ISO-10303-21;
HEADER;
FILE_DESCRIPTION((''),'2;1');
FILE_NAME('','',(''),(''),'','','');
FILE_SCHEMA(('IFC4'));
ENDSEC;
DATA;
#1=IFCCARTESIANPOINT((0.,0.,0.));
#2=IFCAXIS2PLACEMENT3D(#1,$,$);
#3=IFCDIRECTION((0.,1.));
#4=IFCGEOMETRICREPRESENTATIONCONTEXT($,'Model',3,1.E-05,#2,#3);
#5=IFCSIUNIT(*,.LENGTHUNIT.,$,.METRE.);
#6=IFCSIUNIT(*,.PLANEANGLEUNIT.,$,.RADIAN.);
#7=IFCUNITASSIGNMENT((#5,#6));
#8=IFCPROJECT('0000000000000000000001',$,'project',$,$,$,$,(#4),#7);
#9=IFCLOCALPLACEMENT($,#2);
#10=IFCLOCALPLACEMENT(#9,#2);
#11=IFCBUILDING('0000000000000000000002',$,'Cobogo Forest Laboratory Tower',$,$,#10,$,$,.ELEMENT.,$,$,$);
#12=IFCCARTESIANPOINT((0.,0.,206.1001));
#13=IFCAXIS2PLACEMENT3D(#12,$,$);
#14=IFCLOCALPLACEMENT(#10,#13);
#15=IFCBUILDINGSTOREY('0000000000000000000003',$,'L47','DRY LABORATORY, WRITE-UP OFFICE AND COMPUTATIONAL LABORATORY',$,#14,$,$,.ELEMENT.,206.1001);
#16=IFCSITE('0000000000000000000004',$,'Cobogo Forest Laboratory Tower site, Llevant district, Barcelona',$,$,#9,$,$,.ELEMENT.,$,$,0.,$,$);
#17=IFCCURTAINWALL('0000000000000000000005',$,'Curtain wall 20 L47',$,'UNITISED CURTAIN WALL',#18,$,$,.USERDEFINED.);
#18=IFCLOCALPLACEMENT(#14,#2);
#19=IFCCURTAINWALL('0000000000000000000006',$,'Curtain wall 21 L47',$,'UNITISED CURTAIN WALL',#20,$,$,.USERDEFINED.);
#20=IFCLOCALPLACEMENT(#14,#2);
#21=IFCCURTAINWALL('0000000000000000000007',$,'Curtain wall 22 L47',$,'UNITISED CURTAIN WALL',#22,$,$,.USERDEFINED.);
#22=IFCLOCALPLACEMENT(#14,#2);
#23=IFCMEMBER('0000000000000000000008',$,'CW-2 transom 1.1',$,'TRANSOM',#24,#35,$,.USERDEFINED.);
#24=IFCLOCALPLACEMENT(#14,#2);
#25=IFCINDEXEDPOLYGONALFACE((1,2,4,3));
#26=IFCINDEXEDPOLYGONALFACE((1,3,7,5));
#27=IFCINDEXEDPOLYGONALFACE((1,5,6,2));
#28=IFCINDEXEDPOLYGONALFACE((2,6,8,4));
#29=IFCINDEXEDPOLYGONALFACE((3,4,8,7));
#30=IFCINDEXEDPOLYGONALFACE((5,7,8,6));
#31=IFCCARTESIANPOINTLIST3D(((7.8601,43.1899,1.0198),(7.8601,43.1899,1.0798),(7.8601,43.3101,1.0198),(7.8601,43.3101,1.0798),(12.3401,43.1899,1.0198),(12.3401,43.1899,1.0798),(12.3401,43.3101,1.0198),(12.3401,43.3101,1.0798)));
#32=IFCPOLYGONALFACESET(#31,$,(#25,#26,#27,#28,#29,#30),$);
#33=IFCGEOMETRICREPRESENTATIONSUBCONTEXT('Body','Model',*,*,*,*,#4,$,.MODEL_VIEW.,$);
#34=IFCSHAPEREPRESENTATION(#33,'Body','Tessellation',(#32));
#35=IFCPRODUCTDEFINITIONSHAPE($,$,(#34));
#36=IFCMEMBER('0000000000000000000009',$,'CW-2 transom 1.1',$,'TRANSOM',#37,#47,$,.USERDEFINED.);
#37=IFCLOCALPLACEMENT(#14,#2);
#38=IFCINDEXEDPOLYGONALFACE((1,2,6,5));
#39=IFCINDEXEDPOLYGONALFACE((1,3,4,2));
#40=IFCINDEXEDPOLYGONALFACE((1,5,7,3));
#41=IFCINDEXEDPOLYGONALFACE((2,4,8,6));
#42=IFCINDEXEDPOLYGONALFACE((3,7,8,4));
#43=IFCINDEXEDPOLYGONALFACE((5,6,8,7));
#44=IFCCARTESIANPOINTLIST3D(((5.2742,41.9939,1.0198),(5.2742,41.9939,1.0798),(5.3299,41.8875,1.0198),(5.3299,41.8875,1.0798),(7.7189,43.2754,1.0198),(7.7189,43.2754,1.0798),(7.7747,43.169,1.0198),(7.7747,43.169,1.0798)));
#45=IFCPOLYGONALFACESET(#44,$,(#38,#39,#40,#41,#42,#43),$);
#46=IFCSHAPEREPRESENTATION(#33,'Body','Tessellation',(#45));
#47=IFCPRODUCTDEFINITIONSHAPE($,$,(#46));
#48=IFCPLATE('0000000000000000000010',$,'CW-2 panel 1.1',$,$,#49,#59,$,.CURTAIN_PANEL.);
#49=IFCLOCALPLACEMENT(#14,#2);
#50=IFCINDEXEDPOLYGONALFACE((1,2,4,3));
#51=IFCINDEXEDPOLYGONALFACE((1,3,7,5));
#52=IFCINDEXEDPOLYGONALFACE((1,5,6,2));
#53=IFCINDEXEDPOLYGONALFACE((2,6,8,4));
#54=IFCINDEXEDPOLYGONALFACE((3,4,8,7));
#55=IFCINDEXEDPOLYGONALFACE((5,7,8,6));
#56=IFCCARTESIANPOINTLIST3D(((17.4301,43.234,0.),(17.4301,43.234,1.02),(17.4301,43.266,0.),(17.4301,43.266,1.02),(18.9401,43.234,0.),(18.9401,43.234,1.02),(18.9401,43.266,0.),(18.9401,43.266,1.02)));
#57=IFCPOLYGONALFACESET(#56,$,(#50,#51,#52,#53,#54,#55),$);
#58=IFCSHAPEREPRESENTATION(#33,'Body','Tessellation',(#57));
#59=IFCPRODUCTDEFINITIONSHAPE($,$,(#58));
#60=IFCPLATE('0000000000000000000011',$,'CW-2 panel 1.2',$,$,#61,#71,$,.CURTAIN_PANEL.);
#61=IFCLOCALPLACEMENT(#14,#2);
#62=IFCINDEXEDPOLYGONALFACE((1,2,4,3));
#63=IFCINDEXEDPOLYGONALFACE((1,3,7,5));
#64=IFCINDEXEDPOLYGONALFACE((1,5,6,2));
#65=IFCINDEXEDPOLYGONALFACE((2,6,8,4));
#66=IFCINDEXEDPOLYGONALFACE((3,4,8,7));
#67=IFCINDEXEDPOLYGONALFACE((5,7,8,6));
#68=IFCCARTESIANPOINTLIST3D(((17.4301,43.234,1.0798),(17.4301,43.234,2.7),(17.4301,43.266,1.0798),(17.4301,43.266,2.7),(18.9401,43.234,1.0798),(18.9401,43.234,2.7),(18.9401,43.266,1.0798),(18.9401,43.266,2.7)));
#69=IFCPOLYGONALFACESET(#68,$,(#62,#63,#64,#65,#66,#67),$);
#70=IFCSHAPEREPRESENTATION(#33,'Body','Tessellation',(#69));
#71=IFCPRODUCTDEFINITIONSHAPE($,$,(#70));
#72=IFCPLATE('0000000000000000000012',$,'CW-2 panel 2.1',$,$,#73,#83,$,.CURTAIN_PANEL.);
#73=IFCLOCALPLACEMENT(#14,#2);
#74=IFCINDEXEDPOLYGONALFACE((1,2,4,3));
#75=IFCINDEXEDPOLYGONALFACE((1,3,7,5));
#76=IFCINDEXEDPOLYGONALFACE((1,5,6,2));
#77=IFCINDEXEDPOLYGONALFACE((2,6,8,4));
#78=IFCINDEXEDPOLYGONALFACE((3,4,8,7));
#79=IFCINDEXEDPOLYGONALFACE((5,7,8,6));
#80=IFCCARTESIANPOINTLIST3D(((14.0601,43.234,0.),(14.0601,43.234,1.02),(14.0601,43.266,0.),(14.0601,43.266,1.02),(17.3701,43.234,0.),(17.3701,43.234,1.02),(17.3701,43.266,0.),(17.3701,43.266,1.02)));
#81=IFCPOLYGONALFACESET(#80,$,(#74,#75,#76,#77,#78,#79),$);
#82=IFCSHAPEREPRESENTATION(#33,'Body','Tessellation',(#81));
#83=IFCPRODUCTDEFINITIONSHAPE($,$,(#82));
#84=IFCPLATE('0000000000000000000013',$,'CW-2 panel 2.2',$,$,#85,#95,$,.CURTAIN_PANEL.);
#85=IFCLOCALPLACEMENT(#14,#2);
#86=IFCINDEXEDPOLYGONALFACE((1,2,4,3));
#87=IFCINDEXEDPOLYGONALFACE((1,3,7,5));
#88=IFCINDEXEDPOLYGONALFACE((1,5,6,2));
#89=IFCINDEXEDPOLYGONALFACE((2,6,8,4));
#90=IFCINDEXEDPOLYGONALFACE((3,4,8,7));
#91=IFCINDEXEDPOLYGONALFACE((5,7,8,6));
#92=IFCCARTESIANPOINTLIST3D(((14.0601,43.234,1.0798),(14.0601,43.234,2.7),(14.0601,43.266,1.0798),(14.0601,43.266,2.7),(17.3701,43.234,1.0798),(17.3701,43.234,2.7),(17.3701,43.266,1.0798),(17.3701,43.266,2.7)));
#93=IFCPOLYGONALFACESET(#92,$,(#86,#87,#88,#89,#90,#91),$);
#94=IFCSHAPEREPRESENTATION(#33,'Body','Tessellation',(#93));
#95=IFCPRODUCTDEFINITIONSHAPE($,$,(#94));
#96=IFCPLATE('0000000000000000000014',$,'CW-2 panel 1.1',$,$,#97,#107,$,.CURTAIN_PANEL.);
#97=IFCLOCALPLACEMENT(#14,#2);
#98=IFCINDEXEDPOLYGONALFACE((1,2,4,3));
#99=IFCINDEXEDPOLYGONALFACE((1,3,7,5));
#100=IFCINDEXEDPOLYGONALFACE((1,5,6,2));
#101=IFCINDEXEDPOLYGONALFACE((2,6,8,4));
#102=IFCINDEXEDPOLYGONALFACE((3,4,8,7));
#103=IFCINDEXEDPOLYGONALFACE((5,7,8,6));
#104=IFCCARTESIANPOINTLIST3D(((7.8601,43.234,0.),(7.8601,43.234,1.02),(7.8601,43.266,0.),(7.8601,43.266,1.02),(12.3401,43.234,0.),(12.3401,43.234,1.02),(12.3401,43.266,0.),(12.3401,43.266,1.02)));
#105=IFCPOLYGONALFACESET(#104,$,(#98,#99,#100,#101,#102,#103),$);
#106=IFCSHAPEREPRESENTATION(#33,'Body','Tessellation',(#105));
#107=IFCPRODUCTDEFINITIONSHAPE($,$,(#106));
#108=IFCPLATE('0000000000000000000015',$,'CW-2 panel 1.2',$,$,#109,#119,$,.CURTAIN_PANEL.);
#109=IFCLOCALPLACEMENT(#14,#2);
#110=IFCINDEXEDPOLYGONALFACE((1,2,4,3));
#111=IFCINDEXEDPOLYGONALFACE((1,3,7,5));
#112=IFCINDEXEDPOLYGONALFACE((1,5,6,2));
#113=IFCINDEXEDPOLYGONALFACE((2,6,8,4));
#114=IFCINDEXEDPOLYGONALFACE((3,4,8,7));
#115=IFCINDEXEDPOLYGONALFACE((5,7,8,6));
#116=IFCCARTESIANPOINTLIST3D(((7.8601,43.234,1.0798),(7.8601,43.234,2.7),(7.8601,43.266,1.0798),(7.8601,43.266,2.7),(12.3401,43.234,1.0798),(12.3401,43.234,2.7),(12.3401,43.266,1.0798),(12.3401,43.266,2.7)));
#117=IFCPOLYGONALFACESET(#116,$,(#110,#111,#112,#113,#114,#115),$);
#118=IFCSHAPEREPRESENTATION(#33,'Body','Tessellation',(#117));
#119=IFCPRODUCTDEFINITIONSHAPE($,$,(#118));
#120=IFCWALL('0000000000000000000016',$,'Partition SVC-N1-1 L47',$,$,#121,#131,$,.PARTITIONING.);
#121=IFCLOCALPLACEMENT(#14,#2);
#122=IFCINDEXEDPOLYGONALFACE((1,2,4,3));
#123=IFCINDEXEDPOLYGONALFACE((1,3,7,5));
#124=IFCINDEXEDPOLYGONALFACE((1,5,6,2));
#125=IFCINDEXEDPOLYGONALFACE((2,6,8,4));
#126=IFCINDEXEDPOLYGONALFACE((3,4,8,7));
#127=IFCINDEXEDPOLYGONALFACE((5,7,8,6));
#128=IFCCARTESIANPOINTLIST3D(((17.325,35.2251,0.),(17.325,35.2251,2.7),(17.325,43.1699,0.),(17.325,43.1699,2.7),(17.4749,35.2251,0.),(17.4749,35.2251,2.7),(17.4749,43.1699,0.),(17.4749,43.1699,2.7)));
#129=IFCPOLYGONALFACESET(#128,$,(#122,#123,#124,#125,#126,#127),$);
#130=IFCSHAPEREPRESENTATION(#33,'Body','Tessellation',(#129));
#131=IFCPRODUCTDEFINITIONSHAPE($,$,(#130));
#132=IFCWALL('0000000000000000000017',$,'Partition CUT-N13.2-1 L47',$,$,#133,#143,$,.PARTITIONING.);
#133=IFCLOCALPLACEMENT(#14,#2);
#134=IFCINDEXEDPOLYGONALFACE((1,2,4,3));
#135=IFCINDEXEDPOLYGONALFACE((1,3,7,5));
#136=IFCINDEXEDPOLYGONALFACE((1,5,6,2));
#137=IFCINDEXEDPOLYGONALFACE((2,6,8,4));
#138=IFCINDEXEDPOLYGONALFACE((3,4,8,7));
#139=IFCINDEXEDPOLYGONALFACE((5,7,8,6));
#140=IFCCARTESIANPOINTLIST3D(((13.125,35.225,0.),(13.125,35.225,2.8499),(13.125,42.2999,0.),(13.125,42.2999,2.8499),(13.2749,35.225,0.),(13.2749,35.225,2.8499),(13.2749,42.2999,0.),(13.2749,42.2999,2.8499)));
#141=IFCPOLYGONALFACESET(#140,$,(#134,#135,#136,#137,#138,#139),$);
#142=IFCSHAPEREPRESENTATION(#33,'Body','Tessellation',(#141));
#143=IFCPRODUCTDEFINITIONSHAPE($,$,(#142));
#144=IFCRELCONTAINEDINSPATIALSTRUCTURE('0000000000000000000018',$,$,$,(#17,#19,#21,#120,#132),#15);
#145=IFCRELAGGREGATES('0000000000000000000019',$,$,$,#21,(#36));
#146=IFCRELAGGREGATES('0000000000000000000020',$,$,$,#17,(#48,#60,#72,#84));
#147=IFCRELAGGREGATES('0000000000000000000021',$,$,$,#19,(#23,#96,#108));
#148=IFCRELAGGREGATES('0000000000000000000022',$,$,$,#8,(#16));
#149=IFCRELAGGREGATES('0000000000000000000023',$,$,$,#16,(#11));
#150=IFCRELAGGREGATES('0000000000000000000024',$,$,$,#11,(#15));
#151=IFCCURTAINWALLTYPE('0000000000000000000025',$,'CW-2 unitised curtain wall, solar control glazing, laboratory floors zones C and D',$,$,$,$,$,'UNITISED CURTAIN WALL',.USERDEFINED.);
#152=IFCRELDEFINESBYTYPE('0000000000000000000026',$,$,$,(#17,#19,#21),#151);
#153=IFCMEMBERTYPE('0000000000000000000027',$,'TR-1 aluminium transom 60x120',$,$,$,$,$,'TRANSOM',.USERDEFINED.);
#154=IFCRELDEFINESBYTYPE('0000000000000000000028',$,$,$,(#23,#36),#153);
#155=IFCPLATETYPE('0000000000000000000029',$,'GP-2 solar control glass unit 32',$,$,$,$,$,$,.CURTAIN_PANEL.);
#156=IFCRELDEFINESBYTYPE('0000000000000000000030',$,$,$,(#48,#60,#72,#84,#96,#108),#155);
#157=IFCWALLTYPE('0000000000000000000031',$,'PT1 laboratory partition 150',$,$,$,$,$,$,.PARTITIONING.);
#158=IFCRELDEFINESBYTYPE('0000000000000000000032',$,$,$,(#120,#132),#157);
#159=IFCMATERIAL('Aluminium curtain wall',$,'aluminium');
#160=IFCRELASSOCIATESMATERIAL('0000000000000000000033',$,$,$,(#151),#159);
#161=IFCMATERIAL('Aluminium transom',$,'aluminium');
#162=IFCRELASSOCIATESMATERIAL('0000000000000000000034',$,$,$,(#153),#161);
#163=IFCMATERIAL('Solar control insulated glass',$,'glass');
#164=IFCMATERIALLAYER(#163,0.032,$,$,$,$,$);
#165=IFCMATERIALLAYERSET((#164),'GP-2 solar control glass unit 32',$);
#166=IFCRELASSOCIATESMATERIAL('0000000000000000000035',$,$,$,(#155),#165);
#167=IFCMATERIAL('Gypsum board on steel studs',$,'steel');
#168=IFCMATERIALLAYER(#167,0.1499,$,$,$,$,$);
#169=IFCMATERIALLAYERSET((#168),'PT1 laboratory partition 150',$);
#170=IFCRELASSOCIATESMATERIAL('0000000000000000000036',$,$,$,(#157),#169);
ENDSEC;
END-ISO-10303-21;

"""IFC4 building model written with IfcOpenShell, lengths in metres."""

from ifc_helpers import new_model, si_unit, direction, frame, frame_2d, origin, origin_2d, place, context, subcontext, project, spatial, rectangle, extrude, material, layer, layer_set, material_profile, profile_set, type_object, element, aggregate, save


model = new_model("IFC4")

# Units and contexts
model_context = context("Model", 3, precision=1e-05, world=origin(), true_north=direction((0.0, 1.0)))
body_context = subcontext(model_context, "Body", "Model", "MODEL_VIEW")
ifc_project = project(units=[si_unit("LENGTHUNIT", "METRE"), si_unit("PLANEANGLEUNIT", "RADIAN")], contexts=[model_context])

# Site, building, storey
site_placement = place(None, origin())
site = spatial("IfcSite", under=ifc_project, at=site_placement, Name="Cobogo Forest Laboratory Tower site, Llevant district, Barcelona", CompositionType="ELEMENT", RefElevation=0.0)
building_placement = place(site_placement, origin())
building = spatial("IfcBuilding", under=site, at=building_placement, Name="Cobogo Forest Laboratory Tower", CompositionType="ELEMENT")
storey_placement = place(building_placement, frame((0.0, 0.0, 206.1001)))
storey = spatial("IfcBuildingStorey", under=building, at=storey_placement, Name="L47", Description="DRY LABORATORY, WRITE-UP OFFICE AND COMPUTATIONAL LABORATORY", CompositionType="ELEMENT", Elevation=206.1001)

# Curtain walls
ifc_material_1 = material(Name="Aluminium curtain wall", Category="aluminium")
curtain_wall_type = type_object("IfcCurtainWallType", Name="CW-2 unitised curtain wall, solar control glazing, laboratory floors zones C and D", ElementType="UNITISED CURTAIN WALL", PredefinedType="USERDEFINED", material=ifc_material_1)
curtain_wall_1_placement = place(storey_placement, origin())
curtain_wall_1 = element("IfcCurtainWall", 1, at=curtain_wall_1_placement, inside=storey, type_object=curtain_wall_type, Name="Curtain wall 20 L47", ObjectType="UNITISED CURTAIN WALL", PredefinedType="USERDEFINED")
curtain_wall_2_placement = place(storey_placement, origin())
curtain_wall_2 = element("IfcCurtainWall", 2, at=curtain_wall_2_placement, inside=storey, type_object=curtain_wall_type, Name="Curtain wall 21 L47", ObjectType="UNITISED CURTAIN WALL", PredefinedType="USERDEFINED")

# Curtain wall
curtain_wall_3_placement = place(storey_placement, origin())
curtain_wall_3 = element("IfcCurtainWall", 3, at=curtain_wall_3_placement, inside=storey, type_object=curtain_wall_type, Name="Curtain wall 22 L47", ObjectType="UNITISED CURTAIN WALL", PredefinedType="USERDEFINED")

# Members
ifc_material_2 = material(Name="Aluminium transom", Category="aluminium")
ifc_material_profile_1 = material_profile(ifc_material_2, rectangle(XDim=0.1201, YDim=0.0601, at=origin_2d()), Name="AL 60x120")
ifc_profile_set_1 = profile_set([ifc_material_profile_1], Name="Aluminium transom")
member_type_1 = type_object("IfcMemberType", Name="TR-1 aluminium transom 60x120", ElementType="TRANSOM", PredefinedType="USERDEFINED", material=ifc_profile_set_1)
member_1_placement = place(storey_placement, frame((12.3401, 43.25, 1.0498), z_axis=(-1.0, 0.0, 0.0), x_axis=(0.0, -1.0, 0.0)))
member_1 = element("IfcMember", 4, at=member_1_placement, type_object=member_type_1, Name="CW-2 transom 1.1", ObjectType="TRANSOM", PredefinedType="USERDEFINED", context=body_context, shape_type="SweptSolid", body=[
    extrude(rectangle(XDim=0.1201, YDim=0.0601, at=origin_2d()), origin(), (0.0, 0.0, 1.0), 4.48),
])
member_2_placement = place(storey_placement, frame((7.7468, 43.2222, 1.0498), z_axis=(-0.885702, -0.464255, 0.0), x_axis=(0.464255, -0.885702, 0.0)))
member_2 = element("IfcMember", 5, at=member_2_placement, type_object=member_type_1, Name="CW-2 transom 1.1", ObjectType="TRANSOM", PredefinedType="USERDEFINED", context=body_context, shape_type="SweptSolid", body=[
    extrude(rectangle(XDim=0.1201, YDim=0.0601, at=origin_2d()), origin(), (0.0, 0.0, 1.0), 2.7603),
])
aggregate(curtain_wall_3, [member_2])

# Plates
ifc_material_3 = material(Name="Solar control insulated glass", Category="glass")
ifc_layer_1 = layer(ifc_material_3, 0.032)
ifc_layer_set_1 = layer_set([ifc_layer_1], Name="GP-2 solar control glass unit 32")
plate_type_1 = type_object("IfcPlateType", Name="GP-2 solar control glass unit 32", PredefinedType="CURTAIN_PANEL", material=ifc_layer_set_1)
plate_1_placement = place(storey_placement, frame((18.1851, 43.25, 0.0), z_axis=(0.0, 0.0, 1.0), x_axis=(-1.0, 0.0, 0.0)))
plate_1 = element("IfcPlate", 6, at=plate_1_placement, type_object=plate_type_1, Name="CW-2 panel 1.1", PredefinedType="CURTAIN_PANEL", context=body_context, shape_type="SweptSolid", body=[
    extrude(rectangle(XDim=1.51, YDim=0.032, at=origin_2d()), origin(), (0.0, 0.0, 1.0), 1.02),
])
plate_2_placement = place(storey_placement, frame((18.1851, 43.25, 1.0798), z_axis=(0.0, 0.0, 1.0), x_axis=(-1.0, 0.0, 0.0)))
plate_2 = element("IfcPlate", 7, at=plate_2_placement, type_object=plate_type_1, Name="CW-2 panel 1.2", PredefinedType="CURTAIN_PANEL", context=body_context, shape_type="SweptSolid", body=[
    extrude(rectangle(XDim=1.51, YDim=0.032, at=origin_2d()), origin(), (0.0, 0.0, 1.0), 1.6201),
])
plate_3_placement = place(storey_placement, frame((15.7151, 43.25, 0.0), z_axis=(0.0, 0.0, 1.0), x_axis=(-1.0, 0.0, 0.0)))
plate_3 = element("IfcPlate", 8, at=plate_3_placement, type_object=plate_type_1, Name="CW-2 panel 2.1", PredefinedType="CURTAIN_PANEL", context=body_context, shape_type="SweptSolid", body=[
    extrude(rectangle(XDim=3.3101, YDim=0.032, at=origin_2d()), origin(), (0.0, 0.0, 1.0), 1.02),
])
plate_4_placement = place(storey_placement, frame((15.7151, 43.25, 1.0798), z_axis=(0.0, 0.0, 1.0), x_axis=(-1.0, 0.0, 0.0)))
plate_4 = element("IfcPlate", 9, at=plate_4_placement, type_object=plate_type_1, Name="CW-2 panel 2.2", PredefinedType="CURTAIN_PANEL", context=body_context, shape_type="SweptSolid", body=[
    extrude(rectangle(XDim=3.3101, YDim=0.032, at=origin_2d()), origin(), (0.0, 0.0, 1.0), 1.6201),
])
aggregate(curtain_wall_1, [plate_1, plate_2, plate_3, plate_4])
plate_5_placement = place(storey_placement, frame((10.1001, 43.25, 0.0), z_axis=(0.0, 0.0, 1.0), x_axis=(-1.0, 0.0, 0.0)))
plate_5 = element("IfcPlate", 10, at=plate_5_placement, type_object=plate_type_1, Name="CW-2 panel 1.1", PredefinedType="CURTAIN_PANEL", context=body_context, shape_type="SweptSolid", body=[
    extrude(rectangle(XDim=4.48, YDim=0.032, at=origin_2d()), origin(), (0.0, 0.0, 1.0), 1.02),
])
plate_6_placement = place(storey_placement, frame((10.1001, 43.25, 1.0798), z_axis=(0.0, 0.0, 1.0), x_axis=(-1.0, 0.0, 0.0)))
plate_6 = element("IfcPlate", 11, at=plate_6_placement, type_object=plate_type_1, Name="CW-2 panel 1.2", PredefinedType="CURTAIN_PANEL", context=body_context, shape_type="SweptSolid", body=[
    extrude(rectangle(XDim=4.48, YDim=0.032, at=origin_2d()), origin(), (0.0, 0.0, 1.0), 1.6201),
])
aggregate(curtain_wall_2, [member_1, plate_5, plate_6])

# Walls
ifc_material_4 = material(Name="Gypsum board on steel studs", Category="steel")
ifc_layer_2 = layer(ifc_material_4, 0.1499)
ifc_layer_set_2 = layer_set([ifc_layer_2], Name="PT1 laboratory partition 150")
wall_type_1 = type_object("IfcWallType", Name="PT1 laboratory partition 150", PredefinedType="PARTITIONING", material=ifc_layer_set_2)
wall_1_placement = place(storey_placement, frame((17.3999, 43.1699, 0.0), z_axis=(0.0, 0.0, 1.0), x_axis=(0.0, -1.0, 0.0)))
element("IfcWall", 12, at=wall_1_placement, inside=storey, type_object=wall_type_1, Name="Partition SVC-N1-1 L47", PredefinedType="PARTITIONING", context=body_context, shape_type="SweptSolid", body=[
    extrude(rectangle(XDim=7.9448, YDim=0.1499, at=frame_2d((3.9724, 0.0))), origin(), (0.0, 0.0, 1.0), 2.7),
])
wall_2_placement = place(storey_placement, frame((13.2, 42.3, 0.0), z_axis=(0.0, 0.0, 1.0), x_axis=(0.0, -1.0, 0.0)))
element("IfcWall", 13, at=wall_2_placement, inside=storey, type_object=wall_type_1, Name="Partition CUT-N13.2-1 L47", PredefinedType="PARTITIONING", context=body_context, shape_type="SweptSolid", body=[
    extrude(rectangle(XDim=7.075, YDim=0.1499, at=frame_2d((3.5376, 0.0))), origin(), (0.0, 0.0, 1.0), 2.8499),
])

save(model, "model.ifc")
